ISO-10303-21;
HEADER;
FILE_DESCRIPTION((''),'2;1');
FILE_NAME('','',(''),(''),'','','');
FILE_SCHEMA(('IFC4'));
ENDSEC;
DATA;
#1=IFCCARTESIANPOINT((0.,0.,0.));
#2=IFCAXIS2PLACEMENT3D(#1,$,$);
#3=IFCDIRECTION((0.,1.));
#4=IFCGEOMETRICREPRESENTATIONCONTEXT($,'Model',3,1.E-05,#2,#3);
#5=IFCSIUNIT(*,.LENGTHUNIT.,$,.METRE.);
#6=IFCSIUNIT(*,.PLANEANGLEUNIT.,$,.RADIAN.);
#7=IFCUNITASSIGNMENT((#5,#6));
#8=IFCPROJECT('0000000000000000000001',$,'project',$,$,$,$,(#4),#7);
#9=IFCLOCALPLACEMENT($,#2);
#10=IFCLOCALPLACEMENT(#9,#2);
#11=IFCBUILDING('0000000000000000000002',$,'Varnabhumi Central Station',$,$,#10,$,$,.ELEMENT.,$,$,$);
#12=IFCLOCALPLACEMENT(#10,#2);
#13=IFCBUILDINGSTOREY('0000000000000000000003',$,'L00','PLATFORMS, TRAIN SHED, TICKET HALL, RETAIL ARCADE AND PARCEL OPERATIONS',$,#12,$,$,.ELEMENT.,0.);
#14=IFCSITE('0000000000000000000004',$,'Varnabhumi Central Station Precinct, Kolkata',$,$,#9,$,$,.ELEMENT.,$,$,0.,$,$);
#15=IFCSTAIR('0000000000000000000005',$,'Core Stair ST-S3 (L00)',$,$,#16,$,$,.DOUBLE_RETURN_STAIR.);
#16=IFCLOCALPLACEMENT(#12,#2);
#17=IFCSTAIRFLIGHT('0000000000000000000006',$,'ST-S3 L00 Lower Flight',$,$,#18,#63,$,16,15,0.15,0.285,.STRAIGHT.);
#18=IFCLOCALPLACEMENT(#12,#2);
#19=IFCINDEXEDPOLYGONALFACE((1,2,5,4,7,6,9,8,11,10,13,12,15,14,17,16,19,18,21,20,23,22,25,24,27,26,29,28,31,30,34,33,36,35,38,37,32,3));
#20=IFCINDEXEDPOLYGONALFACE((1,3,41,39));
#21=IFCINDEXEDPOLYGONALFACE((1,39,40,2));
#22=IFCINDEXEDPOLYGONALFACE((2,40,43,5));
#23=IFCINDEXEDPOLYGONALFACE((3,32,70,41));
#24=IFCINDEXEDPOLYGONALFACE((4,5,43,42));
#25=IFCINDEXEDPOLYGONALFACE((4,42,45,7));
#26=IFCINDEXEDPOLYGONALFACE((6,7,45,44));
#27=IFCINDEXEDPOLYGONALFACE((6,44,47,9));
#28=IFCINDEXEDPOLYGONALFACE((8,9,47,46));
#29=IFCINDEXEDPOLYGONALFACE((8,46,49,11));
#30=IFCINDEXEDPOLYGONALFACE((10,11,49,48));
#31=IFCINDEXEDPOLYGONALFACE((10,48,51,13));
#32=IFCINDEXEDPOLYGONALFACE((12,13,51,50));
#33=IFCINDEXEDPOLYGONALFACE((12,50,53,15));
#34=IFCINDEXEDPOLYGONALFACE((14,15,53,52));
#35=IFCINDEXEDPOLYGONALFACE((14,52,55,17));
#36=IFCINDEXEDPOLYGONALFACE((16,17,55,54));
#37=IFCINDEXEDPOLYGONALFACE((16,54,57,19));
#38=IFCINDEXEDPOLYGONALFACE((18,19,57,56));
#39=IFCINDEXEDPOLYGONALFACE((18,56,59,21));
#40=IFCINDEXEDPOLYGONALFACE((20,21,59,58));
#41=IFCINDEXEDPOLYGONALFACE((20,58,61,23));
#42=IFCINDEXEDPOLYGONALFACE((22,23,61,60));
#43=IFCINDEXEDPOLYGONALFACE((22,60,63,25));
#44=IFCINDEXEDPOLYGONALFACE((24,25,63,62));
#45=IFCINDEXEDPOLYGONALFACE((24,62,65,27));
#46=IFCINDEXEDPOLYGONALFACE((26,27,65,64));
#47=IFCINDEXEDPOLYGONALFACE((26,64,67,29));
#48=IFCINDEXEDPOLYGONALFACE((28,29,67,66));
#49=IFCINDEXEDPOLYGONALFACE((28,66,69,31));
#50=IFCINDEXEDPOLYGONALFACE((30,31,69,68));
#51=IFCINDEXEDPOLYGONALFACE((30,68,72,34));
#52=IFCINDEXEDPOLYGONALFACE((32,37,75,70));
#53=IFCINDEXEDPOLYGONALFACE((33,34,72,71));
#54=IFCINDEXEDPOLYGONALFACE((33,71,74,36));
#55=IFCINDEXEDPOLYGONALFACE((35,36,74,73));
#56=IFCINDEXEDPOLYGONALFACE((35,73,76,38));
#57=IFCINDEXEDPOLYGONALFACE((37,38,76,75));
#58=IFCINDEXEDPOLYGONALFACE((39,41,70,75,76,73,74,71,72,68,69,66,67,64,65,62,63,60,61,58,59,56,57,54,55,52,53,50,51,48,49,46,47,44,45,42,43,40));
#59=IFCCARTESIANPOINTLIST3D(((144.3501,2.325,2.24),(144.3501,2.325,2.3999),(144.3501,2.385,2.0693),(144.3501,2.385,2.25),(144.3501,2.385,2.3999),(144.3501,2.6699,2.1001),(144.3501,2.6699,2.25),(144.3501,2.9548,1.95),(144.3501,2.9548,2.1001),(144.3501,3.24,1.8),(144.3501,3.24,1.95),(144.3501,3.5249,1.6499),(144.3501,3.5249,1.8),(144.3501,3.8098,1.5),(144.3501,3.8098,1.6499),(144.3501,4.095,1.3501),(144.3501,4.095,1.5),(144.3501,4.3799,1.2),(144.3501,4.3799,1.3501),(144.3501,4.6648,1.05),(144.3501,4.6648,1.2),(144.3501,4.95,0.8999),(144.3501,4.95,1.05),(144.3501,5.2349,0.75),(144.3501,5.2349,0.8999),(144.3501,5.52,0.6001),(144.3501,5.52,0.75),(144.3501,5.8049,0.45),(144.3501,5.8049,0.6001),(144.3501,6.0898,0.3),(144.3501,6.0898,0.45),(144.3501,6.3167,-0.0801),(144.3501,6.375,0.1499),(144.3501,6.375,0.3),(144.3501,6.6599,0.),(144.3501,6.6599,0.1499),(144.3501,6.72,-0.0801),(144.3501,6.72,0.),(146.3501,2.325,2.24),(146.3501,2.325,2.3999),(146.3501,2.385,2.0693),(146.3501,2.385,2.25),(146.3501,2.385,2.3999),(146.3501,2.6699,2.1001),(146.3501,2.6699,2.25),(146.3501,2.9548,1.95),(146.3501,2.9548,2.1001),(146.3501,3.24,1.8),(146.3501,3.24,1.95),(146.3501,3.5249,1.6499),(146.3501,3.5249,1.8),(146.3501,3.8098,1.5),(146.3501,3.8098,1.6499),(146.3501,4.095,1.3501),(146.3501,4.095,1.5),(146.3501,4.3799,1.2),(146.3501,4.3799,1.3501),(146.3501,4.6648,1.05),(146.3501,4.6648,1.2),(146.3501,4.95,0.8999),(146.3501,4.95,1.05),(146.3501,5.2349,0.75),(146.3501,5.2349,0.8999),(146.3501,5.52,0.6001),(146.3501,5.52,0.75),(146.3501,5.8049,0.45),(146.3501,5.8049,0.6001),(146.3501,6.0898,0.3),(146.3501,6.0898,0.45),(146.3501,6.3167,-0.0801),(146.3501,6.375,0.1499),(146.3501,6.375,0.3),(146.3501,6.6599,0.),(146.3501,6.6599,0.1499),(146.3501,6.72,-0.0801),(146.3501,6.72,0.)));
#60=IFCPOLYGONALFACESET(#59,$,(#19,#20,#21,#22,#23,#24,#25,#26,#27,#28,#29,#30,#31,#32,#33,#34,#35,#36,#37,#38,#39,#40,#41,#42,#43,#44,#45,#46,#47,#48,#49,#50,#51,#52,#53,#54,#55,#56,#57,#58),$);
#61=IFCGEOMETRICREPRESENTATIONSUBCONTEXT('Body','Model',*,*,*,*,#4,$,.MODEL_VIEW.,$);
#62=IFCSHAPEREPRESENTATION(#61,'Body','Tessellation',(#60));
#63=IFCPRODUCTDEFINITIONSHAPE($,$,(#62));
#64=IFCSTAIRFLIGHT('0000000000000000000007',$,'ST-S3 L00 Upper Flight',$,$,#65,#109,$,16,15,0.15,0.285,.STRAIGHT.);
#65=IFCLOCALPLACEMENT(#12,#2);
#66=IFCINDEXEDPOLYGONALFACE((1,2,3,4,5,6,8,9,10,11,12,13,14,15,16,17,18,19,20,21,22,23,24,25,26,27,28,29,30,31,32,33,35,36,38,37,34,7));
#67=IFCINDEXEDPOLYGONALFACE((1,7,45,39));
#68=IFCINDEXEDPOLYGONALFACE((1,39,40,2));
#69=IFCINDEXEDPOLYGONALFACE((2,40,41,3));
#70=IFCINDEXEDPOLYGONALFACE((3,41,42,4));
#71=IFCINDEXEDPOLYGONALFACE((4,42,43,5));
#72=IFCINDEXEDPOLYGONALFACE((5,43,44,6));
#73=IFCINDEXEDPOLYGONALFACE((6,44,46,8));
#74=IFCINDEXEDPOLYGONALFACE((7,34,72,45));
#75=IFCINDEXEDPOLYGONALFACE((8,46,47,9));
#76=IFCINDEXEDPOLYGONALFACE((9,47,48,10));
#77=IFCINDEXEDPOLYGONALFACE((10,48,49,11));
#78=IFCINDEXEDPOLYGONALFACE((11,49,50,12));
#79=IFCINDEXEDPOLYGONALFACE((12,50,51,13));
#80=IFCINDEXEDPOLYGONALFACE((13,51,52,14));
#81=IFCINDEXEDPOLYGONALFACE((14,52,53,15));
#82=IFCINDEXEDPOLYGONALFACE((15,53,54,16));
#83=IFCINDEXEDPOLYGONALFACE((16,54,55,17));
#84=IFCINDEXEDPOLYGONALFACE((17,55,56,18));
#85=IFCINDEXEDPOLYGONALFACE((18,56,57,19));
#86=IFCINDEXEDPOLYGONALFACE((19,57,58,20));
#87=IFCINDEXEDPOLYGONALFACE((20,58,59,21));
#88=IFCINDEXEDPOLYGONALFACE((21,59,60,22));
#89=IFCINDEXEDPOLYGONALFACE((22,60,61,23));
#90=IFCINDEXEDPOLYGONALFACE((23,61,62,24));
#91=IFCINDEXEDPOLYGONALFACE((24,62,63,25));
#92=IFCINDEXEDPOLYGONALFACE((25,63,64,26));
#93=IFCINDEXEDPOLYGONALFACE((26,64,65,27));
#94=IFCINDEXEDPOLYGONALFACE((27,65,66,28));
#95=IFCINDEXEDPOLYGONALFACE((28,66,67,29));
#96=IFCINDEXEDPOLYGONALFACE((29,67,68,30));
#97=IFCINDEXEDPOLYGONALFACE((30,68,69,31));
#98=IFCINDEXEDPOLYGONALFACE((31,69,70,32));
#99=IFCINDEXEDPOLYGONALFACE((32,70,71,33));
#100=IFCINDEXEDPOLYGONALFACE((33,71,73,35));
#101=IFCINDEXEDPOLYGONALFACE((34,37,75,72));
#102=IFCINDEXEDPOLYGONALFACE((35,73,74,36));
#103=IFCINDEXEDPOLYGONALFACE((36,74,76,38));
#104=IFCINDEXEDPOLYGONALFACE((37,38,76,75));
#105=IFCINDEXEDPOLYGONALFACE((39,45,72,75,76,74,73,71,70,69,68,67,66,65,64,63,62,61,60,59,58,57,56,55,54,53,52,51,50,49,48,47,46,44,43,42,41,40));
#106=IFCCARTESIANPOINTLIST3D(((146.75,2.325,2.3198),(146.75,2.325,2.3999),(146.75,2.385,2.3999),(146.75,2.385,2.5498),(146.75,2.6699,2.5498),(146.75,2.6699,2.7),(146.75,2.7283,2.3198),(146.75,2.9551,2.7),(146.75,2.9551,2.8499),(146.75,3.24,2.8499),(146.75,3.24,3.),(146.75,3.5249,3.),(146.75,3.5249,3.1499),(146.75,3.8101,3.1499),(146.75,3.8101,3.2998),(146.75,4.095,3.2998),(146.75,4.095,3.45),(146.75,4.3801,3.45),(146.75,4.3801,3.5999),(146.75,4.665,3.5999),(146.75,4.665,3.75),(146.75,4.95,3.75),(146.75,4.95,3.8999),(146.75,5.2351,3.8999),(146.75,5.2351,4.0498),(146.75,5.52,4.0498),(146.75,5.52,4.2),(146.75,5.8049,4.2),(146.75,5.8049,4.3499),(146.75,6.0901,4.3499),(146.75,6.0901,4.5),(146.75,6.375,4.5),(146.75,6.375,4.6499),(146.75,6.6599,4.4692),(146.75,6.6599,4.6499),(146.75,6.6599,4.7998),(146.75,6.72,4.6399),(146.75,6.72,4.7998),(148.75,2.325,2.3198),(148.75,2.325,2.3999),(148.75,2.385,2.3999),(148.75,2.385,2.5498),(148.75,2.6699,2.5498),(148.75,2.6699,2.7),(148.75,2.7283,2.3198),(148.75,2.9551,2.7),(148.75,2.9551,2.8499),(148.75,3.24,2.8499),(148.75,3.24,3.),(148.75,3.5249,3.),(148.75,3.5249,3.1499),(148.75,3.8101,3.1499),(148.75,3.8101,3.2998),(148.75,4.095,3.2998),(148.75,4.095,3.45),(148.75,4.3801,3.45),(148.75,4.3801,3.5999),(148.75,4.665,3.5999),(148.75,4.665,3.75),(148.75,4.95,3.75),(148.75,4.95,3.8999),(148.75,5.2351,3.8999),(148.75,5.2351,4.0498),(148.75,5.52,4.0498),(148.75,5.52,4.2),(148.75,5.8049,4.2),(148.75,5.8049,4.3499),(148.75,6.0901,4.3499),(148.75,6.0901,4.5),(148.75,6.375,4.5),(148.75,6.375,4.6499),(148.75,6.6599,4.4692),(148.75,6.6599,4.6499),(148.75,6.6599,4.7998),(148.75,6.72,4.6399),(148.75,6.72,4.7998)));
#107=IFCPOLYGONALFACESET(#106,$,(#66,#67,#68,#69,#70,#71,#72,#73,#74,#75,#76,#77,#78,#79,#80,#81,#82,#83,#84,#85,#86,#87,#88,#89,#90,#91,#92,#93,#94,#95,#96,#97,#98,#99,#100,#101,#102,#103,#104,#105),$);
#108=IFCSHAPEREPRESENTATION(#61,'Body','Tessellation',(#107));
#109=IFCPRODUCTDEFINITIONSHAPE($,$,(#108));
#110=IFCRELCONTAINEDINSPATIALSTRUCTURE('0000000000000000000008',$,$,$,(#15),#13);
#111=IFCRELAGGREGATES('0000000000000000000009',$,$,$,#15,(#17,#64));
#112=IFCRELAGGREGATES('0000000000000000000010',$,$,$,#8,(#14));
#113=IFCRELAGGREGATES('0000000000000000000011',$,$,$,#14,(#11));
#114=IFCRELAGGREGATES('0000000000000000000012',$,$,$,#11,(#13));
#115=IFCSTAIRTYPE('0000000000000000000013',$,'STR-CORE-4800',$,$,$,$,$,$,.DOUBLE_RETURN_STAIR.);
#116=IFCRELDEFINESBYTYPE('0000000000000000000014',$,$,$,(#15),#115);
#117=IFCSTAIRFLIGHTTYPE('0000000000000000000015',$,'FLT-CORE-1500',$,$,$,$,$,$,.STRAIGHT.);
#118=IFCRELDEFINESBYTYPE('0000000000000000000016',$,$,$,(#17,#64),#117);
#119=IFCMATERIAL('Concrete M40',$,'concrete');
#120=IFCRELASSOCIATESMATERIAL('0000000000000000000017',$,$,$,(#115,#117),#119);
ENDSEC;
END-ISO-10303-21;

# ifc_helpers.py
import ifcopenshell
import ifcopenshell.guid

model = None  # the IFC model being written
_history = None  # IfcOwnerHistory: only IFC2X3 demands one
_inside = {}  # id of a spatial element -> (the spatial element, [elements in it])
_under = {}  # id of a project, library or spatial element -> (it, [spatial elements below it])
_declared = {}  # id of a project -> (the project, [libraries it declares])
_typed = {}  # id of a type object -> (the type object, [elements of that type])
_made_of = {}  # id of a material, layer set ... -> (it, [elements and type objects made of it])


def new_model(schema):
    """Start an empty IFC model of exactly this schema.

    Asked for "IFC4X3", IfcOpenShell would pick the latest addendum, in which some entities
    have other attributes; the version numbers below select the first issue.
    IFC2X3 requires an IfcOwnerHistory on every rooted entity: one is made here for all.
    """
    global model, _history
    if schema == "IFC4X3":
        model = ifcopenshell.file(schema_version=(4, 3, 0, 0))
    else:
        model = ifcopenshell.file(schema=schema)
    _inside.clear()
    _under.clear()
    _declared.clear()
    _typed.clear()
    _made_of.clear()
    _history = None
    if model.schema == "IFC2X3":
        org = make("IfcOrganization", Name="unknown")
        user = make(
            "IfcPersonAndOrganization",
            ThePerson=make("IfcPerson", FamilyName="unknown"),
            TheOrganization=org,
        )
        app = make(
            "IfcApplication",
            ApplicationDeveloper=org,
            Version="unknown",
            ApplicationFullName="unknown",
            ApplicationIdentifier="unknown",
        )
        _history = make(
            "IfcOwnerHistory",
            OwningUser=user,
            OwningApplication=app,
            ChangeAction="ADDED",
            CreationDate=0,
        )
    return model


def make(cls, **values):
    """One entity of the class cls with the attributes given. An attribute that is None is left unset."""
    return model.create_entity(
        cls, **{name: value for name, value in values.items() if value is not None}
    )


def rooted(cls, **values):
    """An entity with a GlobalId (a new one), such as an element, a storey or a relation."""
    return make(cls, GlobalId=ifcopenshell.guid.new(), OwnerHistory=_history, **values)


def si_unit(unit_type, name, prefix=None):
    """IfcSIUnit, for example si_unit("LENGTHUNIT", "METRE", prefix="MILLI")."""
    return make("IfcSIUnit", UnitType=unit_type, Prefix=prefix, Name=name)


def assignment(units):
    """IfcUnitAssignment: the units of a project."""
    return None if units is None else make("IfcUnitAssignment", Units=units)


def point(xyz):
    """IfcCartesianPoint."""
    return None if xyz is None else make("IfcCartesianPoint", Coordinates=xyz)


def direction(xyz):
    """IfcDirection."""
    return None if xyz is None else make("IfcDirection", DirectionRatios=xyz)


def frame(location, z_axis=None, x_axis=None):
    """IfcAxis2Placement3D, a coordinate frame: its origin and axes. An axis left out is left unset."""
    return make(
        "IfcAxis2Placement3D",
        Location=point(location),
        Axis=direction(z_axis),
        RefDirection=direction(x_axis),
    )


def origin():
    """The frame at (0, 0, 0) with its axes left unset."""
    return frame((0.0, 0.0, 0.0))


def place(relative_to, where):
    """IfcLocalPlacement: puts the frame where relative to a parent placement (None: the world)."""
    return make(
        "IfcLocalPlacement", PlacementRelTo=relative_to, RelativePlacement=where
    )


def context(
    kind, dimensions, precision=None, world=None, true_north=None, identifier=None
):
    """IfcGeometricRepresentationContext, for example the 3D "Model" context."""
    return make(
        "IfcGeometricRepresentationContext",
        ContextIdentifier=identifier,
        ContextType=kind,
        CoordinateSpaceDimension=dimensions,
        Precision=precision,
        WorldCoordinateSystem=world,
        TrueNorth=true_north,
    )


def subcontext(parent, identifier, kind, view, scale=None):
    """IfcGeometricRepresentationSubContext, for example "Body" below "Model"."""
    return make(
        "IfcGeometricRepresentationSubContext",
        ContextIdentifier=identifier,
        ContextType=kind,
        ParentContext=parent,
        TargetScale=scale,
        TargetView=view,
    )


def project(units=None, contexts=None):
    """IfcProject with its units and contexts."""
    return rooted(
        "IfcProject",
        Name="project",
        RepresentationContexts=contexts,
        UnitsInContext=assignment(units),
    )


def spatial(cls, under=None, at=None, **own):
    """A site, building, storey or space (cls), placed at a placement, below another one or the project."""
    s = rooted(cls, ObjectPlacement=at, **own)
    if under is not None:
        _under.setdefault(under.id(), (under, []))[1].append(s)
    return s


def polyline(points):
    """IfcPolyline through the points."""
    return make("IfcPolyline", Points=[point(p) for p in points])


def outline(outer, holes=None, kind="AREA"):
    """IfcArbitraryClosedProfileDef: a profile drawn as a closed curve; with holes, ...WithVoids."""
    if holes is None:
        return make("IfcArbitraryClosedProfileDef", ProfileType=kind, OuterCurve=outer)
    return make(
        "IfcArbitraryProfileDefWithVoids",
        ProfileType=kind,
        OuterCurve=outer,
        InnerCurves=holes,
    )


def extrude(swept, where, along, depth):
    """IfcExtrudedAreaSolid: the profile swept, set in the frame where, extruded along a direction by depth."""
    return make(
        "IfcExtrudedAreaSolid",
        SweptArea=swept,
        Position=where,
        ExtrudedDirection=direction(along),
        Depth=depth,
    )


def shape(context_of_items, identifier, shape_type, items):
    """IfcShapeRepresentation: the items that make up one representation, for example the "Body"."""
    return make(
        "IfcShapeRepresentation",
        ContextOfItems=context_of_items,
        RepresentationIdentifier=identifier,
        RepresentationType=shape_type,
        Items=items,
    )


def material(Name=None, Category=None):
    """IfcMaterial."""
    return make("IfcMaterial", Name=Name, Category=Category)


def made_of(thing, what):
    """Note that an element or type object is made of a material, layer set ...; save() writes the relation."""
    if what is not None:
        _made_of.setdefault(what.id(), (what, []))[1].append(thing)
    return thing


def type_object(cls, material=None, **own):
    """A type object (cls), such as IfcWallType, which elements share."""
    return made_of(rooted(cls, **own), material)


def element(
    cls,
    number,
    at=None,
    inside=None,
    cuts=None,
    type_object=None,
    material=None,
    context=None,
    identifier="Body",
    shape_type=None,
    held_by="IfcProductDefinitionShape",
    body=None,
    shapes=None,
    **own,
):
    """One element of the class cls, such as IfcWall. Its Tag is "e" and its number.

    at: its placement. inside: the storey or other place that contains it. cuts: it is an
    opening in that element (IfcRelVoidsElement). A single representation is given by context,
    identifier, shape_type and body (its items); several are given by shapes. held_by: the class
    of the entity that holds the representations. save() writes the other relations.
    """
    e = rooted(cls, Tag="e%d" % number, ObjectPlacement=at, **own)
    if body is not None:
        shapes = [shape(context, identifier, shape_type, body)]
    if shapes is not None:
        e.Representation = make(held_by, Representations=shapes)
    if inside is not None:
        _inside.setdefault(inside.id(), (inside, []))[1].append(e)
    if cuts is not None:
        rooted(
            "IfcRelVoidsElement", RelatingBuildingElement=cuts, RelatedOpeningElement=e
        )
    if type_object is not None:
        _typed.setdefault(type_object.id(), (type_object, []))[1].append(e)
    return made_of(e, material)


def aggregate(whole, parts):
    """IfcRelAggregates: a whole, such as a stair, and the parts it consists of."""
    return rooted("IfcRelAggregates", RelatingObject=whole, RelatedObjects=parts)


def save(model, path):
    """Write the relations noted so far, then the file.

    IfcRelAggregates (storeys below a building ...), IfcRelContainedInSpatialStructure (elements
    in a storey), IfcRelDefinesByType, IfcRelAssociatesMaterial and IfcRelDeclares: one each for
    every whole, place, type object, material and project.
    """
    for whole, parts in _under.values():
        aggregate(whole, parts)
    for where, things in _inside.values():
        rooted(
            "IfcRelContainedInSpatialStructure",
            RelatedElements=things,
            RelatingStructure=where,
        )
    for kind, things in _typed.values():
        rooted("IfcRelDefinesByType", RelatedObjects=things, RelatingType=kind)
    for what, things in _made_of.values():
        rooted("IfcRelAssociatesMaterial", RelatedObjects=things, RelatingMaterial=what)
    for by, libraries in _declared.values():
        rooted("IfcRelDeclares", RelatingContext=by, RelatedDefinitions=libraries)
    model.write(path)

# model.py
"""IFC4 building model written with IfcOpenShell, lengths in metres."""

from ifc_helpers import new_model, si_unit, direction, frame, origin, place, context, subcontext, project, spatial, polyline, outline, extrude, material, type_object, element, aggregate, save


model = new_model("IFC4")

# Units and contexts
model_context = context("Model", 3, precision=1e-05, world=origin(), true_north=direction((0.0, 1.0)))
body_context = subcontext(model_context, "Body", "Model", "MODEL_VIEW")
ifc_project = project(units=[si_unit("LENGTHUNIT", "METRE"), si_unit("PLANEANGLEUNIT", "RADIAN")], contexts=[model_context])

# Site, building, storey
site_placement = place(None, origin())
site = spatial("IfcSite", under=ifc_project, at=site_placement, Name="Varnabhumi Central Station Precinct, Kolkata", CompositionType="ELEMENT", RefElevation=0.0)
building_placement = place(site_placement, origin())
building = spatial("IfcBuilding", under=site, at=building_placement, Name="Varnabhumi Central Station", CompositionType="ELEMENT")
storey_placement = place(building_placement, origin())
storey = spatial("IfcBuildingStorey", under=building, at=storey_placement, Name="L00", Description="PLATFORMS, TRAIN SHED, TICKET HALL, RETAIL ARCADE AND PARCEL OPERATIONS", CompositionType="ELEMENT", Elevation=0.0)

# Shared definitions
ifc_material_1 = material(Name="Concrete M40", Category="concrete")

# Stair, stair flights
stair_type = type_object("IfcStairType", Name="STR-CORE-4800", PredefinedType="DOUBLE_RETURN_STAIR", material=ifc_material_1)
stair_placement = place(storey_placement, origin())
stair = element("IfcStair", 1, at=stair_placement, inside=storey, type_object=stair_type, Name="Core Stair ST-S3 (L00)", PredefinedType="DOUBLE_RETURN_STAIR")
stair_flight_type = type_object("IfcStairFlightType", Name="FLT-CORE-1500", PredefinedType="STRAIGHT", material=ifc_material_1)
stair_flight_1_placement = place(storey_placement, frame((145.3501, 6.6599, 0.0), z_axis=(0.0, 0.0, 1.0), x_axis=(0.0, -1.0, 0.0)))
stair_flight_1 = element("IfcStairFlight", 2, at=stair_flight_1_placement, type_object=stair_flight_type, Name="ST-S3 L00 Lower Flight", NumberOfRisers=16, NumberOfTreads=15, PredefinedType="STRAIGHT", RiserHeight=0.15, TreadLength=0.285, context=body_context, shape_type="SweptSolid", body=[
    extrude(outline(polyline([(-0.0601, -0.0801), (-0.0601, 0.0), (0.0, 0.0), (0.0, 0.1499), (0.2849, 0.1499), (0.2849, 0.3), (0.5701, 0.3), (0.5701, 0.45), (0.855, 0.45), (0.855, 0.6001), (1.1399, 0.6001), (1.1399, 0.75), (1.425, 0.75), (1.425, 0.8999), (1.71, 0.8999), (1.71, 1.05), (1.9951, 1.05), (1.9951, 1.2), (2.28, 1.2), (2.28, 1.3501), (2.5649, 1.3501), (2.5649, 1.5), (2.8501, 1.5), (2.8501, 1.6499), (3.135, 1.6499), (3.135, 1.8), (3.4199, 1.8), (3.4199, 1.95), (3.7051, 1.95), (3.7051, 2.1001), (3.99, 2.1001), (3.99, 2.25), (4.2749, 2.25), (4.2749, 2.3999), (4.335, 2.3999), (4.335, 2.24), (4.2749, 2.0693), (0.3433, -0.0801), (-0.0601, -0.0801)])), frame((0.0, 1.0, 0.0), z_axis=(0.0, -1.0, 0.0), x_axis=(1.0, 0.0, 0.0)), (0.0, 0.0, 1.0), 2.0),
])
stair_flight_2_placement = place(storey_placement, frame((147.75, 2.385, 2.3999), z_axis=(0.0, 0.0, 1.0), x_axis=(0.0, 1.0, 0.0)))
stair_flight_2 = element("IfcStairFlight", 3, at=stair_flight_2_placement, type_object=stair_flight_type, Name="ST-S3 L00 Upper Flight", NumberOfRisers=16, NumberOfTreads=15, PredefinedType="STRAIGHT", RiserHeight=0.15, TreadLength=0.285, context=body_context, shape_type="SweptSolid", body=[
    extrude(outline(polyline([(-0.0601, -0.0801), (-0.0601, 0.0), (0.0, 0.0), (0.0, 0.1499), (0.2849, 0.1499), (0.2849, 0.3), (0.5701, 0.3), (0.5701, 0.45), (0.855, 0.45), (0.855, 0.6001), (1.1399, 0.6001), (1.1399, 0.75), (1.425, 0.75), (1.425, 0.8999), (1.71, 0.8999), (1.71, 1.05), (1.9951, 1.05), (1.9951, 1.2), (2.28, 1.2), (2.28, 1.3501), (2.5649, 1.3501), (2.5649, 1.5), (2.8501, 1.5), (2.8501, 1.6499), (3.135, 1.6499), (3.135, 1.8), (3.4199, 1.8), (3.4199, 1.95), (3.7051, 1.95), (3.7051, 2.1001), (3.99, 2.1001), (3.99, 2.25), (4.2749, 2.25), (4.2749, 2.3999), (4.335, 2.3999), (4.335, 2.24), (4.2749, 2.0693), (0.3433, -0.0801), (-0.0601, -0.0801)])), frame((0.0, 1.0, 0.0), z_axis=(0.0, -1.0, 0.0), x_axis=(1.0, 0.0, 0.0)), (0.0, 0.0, 1.0), 2.0),
])
aggregate(stair, [stair_flight_1, stair_flight_2])

save(model, "model.ifc")
